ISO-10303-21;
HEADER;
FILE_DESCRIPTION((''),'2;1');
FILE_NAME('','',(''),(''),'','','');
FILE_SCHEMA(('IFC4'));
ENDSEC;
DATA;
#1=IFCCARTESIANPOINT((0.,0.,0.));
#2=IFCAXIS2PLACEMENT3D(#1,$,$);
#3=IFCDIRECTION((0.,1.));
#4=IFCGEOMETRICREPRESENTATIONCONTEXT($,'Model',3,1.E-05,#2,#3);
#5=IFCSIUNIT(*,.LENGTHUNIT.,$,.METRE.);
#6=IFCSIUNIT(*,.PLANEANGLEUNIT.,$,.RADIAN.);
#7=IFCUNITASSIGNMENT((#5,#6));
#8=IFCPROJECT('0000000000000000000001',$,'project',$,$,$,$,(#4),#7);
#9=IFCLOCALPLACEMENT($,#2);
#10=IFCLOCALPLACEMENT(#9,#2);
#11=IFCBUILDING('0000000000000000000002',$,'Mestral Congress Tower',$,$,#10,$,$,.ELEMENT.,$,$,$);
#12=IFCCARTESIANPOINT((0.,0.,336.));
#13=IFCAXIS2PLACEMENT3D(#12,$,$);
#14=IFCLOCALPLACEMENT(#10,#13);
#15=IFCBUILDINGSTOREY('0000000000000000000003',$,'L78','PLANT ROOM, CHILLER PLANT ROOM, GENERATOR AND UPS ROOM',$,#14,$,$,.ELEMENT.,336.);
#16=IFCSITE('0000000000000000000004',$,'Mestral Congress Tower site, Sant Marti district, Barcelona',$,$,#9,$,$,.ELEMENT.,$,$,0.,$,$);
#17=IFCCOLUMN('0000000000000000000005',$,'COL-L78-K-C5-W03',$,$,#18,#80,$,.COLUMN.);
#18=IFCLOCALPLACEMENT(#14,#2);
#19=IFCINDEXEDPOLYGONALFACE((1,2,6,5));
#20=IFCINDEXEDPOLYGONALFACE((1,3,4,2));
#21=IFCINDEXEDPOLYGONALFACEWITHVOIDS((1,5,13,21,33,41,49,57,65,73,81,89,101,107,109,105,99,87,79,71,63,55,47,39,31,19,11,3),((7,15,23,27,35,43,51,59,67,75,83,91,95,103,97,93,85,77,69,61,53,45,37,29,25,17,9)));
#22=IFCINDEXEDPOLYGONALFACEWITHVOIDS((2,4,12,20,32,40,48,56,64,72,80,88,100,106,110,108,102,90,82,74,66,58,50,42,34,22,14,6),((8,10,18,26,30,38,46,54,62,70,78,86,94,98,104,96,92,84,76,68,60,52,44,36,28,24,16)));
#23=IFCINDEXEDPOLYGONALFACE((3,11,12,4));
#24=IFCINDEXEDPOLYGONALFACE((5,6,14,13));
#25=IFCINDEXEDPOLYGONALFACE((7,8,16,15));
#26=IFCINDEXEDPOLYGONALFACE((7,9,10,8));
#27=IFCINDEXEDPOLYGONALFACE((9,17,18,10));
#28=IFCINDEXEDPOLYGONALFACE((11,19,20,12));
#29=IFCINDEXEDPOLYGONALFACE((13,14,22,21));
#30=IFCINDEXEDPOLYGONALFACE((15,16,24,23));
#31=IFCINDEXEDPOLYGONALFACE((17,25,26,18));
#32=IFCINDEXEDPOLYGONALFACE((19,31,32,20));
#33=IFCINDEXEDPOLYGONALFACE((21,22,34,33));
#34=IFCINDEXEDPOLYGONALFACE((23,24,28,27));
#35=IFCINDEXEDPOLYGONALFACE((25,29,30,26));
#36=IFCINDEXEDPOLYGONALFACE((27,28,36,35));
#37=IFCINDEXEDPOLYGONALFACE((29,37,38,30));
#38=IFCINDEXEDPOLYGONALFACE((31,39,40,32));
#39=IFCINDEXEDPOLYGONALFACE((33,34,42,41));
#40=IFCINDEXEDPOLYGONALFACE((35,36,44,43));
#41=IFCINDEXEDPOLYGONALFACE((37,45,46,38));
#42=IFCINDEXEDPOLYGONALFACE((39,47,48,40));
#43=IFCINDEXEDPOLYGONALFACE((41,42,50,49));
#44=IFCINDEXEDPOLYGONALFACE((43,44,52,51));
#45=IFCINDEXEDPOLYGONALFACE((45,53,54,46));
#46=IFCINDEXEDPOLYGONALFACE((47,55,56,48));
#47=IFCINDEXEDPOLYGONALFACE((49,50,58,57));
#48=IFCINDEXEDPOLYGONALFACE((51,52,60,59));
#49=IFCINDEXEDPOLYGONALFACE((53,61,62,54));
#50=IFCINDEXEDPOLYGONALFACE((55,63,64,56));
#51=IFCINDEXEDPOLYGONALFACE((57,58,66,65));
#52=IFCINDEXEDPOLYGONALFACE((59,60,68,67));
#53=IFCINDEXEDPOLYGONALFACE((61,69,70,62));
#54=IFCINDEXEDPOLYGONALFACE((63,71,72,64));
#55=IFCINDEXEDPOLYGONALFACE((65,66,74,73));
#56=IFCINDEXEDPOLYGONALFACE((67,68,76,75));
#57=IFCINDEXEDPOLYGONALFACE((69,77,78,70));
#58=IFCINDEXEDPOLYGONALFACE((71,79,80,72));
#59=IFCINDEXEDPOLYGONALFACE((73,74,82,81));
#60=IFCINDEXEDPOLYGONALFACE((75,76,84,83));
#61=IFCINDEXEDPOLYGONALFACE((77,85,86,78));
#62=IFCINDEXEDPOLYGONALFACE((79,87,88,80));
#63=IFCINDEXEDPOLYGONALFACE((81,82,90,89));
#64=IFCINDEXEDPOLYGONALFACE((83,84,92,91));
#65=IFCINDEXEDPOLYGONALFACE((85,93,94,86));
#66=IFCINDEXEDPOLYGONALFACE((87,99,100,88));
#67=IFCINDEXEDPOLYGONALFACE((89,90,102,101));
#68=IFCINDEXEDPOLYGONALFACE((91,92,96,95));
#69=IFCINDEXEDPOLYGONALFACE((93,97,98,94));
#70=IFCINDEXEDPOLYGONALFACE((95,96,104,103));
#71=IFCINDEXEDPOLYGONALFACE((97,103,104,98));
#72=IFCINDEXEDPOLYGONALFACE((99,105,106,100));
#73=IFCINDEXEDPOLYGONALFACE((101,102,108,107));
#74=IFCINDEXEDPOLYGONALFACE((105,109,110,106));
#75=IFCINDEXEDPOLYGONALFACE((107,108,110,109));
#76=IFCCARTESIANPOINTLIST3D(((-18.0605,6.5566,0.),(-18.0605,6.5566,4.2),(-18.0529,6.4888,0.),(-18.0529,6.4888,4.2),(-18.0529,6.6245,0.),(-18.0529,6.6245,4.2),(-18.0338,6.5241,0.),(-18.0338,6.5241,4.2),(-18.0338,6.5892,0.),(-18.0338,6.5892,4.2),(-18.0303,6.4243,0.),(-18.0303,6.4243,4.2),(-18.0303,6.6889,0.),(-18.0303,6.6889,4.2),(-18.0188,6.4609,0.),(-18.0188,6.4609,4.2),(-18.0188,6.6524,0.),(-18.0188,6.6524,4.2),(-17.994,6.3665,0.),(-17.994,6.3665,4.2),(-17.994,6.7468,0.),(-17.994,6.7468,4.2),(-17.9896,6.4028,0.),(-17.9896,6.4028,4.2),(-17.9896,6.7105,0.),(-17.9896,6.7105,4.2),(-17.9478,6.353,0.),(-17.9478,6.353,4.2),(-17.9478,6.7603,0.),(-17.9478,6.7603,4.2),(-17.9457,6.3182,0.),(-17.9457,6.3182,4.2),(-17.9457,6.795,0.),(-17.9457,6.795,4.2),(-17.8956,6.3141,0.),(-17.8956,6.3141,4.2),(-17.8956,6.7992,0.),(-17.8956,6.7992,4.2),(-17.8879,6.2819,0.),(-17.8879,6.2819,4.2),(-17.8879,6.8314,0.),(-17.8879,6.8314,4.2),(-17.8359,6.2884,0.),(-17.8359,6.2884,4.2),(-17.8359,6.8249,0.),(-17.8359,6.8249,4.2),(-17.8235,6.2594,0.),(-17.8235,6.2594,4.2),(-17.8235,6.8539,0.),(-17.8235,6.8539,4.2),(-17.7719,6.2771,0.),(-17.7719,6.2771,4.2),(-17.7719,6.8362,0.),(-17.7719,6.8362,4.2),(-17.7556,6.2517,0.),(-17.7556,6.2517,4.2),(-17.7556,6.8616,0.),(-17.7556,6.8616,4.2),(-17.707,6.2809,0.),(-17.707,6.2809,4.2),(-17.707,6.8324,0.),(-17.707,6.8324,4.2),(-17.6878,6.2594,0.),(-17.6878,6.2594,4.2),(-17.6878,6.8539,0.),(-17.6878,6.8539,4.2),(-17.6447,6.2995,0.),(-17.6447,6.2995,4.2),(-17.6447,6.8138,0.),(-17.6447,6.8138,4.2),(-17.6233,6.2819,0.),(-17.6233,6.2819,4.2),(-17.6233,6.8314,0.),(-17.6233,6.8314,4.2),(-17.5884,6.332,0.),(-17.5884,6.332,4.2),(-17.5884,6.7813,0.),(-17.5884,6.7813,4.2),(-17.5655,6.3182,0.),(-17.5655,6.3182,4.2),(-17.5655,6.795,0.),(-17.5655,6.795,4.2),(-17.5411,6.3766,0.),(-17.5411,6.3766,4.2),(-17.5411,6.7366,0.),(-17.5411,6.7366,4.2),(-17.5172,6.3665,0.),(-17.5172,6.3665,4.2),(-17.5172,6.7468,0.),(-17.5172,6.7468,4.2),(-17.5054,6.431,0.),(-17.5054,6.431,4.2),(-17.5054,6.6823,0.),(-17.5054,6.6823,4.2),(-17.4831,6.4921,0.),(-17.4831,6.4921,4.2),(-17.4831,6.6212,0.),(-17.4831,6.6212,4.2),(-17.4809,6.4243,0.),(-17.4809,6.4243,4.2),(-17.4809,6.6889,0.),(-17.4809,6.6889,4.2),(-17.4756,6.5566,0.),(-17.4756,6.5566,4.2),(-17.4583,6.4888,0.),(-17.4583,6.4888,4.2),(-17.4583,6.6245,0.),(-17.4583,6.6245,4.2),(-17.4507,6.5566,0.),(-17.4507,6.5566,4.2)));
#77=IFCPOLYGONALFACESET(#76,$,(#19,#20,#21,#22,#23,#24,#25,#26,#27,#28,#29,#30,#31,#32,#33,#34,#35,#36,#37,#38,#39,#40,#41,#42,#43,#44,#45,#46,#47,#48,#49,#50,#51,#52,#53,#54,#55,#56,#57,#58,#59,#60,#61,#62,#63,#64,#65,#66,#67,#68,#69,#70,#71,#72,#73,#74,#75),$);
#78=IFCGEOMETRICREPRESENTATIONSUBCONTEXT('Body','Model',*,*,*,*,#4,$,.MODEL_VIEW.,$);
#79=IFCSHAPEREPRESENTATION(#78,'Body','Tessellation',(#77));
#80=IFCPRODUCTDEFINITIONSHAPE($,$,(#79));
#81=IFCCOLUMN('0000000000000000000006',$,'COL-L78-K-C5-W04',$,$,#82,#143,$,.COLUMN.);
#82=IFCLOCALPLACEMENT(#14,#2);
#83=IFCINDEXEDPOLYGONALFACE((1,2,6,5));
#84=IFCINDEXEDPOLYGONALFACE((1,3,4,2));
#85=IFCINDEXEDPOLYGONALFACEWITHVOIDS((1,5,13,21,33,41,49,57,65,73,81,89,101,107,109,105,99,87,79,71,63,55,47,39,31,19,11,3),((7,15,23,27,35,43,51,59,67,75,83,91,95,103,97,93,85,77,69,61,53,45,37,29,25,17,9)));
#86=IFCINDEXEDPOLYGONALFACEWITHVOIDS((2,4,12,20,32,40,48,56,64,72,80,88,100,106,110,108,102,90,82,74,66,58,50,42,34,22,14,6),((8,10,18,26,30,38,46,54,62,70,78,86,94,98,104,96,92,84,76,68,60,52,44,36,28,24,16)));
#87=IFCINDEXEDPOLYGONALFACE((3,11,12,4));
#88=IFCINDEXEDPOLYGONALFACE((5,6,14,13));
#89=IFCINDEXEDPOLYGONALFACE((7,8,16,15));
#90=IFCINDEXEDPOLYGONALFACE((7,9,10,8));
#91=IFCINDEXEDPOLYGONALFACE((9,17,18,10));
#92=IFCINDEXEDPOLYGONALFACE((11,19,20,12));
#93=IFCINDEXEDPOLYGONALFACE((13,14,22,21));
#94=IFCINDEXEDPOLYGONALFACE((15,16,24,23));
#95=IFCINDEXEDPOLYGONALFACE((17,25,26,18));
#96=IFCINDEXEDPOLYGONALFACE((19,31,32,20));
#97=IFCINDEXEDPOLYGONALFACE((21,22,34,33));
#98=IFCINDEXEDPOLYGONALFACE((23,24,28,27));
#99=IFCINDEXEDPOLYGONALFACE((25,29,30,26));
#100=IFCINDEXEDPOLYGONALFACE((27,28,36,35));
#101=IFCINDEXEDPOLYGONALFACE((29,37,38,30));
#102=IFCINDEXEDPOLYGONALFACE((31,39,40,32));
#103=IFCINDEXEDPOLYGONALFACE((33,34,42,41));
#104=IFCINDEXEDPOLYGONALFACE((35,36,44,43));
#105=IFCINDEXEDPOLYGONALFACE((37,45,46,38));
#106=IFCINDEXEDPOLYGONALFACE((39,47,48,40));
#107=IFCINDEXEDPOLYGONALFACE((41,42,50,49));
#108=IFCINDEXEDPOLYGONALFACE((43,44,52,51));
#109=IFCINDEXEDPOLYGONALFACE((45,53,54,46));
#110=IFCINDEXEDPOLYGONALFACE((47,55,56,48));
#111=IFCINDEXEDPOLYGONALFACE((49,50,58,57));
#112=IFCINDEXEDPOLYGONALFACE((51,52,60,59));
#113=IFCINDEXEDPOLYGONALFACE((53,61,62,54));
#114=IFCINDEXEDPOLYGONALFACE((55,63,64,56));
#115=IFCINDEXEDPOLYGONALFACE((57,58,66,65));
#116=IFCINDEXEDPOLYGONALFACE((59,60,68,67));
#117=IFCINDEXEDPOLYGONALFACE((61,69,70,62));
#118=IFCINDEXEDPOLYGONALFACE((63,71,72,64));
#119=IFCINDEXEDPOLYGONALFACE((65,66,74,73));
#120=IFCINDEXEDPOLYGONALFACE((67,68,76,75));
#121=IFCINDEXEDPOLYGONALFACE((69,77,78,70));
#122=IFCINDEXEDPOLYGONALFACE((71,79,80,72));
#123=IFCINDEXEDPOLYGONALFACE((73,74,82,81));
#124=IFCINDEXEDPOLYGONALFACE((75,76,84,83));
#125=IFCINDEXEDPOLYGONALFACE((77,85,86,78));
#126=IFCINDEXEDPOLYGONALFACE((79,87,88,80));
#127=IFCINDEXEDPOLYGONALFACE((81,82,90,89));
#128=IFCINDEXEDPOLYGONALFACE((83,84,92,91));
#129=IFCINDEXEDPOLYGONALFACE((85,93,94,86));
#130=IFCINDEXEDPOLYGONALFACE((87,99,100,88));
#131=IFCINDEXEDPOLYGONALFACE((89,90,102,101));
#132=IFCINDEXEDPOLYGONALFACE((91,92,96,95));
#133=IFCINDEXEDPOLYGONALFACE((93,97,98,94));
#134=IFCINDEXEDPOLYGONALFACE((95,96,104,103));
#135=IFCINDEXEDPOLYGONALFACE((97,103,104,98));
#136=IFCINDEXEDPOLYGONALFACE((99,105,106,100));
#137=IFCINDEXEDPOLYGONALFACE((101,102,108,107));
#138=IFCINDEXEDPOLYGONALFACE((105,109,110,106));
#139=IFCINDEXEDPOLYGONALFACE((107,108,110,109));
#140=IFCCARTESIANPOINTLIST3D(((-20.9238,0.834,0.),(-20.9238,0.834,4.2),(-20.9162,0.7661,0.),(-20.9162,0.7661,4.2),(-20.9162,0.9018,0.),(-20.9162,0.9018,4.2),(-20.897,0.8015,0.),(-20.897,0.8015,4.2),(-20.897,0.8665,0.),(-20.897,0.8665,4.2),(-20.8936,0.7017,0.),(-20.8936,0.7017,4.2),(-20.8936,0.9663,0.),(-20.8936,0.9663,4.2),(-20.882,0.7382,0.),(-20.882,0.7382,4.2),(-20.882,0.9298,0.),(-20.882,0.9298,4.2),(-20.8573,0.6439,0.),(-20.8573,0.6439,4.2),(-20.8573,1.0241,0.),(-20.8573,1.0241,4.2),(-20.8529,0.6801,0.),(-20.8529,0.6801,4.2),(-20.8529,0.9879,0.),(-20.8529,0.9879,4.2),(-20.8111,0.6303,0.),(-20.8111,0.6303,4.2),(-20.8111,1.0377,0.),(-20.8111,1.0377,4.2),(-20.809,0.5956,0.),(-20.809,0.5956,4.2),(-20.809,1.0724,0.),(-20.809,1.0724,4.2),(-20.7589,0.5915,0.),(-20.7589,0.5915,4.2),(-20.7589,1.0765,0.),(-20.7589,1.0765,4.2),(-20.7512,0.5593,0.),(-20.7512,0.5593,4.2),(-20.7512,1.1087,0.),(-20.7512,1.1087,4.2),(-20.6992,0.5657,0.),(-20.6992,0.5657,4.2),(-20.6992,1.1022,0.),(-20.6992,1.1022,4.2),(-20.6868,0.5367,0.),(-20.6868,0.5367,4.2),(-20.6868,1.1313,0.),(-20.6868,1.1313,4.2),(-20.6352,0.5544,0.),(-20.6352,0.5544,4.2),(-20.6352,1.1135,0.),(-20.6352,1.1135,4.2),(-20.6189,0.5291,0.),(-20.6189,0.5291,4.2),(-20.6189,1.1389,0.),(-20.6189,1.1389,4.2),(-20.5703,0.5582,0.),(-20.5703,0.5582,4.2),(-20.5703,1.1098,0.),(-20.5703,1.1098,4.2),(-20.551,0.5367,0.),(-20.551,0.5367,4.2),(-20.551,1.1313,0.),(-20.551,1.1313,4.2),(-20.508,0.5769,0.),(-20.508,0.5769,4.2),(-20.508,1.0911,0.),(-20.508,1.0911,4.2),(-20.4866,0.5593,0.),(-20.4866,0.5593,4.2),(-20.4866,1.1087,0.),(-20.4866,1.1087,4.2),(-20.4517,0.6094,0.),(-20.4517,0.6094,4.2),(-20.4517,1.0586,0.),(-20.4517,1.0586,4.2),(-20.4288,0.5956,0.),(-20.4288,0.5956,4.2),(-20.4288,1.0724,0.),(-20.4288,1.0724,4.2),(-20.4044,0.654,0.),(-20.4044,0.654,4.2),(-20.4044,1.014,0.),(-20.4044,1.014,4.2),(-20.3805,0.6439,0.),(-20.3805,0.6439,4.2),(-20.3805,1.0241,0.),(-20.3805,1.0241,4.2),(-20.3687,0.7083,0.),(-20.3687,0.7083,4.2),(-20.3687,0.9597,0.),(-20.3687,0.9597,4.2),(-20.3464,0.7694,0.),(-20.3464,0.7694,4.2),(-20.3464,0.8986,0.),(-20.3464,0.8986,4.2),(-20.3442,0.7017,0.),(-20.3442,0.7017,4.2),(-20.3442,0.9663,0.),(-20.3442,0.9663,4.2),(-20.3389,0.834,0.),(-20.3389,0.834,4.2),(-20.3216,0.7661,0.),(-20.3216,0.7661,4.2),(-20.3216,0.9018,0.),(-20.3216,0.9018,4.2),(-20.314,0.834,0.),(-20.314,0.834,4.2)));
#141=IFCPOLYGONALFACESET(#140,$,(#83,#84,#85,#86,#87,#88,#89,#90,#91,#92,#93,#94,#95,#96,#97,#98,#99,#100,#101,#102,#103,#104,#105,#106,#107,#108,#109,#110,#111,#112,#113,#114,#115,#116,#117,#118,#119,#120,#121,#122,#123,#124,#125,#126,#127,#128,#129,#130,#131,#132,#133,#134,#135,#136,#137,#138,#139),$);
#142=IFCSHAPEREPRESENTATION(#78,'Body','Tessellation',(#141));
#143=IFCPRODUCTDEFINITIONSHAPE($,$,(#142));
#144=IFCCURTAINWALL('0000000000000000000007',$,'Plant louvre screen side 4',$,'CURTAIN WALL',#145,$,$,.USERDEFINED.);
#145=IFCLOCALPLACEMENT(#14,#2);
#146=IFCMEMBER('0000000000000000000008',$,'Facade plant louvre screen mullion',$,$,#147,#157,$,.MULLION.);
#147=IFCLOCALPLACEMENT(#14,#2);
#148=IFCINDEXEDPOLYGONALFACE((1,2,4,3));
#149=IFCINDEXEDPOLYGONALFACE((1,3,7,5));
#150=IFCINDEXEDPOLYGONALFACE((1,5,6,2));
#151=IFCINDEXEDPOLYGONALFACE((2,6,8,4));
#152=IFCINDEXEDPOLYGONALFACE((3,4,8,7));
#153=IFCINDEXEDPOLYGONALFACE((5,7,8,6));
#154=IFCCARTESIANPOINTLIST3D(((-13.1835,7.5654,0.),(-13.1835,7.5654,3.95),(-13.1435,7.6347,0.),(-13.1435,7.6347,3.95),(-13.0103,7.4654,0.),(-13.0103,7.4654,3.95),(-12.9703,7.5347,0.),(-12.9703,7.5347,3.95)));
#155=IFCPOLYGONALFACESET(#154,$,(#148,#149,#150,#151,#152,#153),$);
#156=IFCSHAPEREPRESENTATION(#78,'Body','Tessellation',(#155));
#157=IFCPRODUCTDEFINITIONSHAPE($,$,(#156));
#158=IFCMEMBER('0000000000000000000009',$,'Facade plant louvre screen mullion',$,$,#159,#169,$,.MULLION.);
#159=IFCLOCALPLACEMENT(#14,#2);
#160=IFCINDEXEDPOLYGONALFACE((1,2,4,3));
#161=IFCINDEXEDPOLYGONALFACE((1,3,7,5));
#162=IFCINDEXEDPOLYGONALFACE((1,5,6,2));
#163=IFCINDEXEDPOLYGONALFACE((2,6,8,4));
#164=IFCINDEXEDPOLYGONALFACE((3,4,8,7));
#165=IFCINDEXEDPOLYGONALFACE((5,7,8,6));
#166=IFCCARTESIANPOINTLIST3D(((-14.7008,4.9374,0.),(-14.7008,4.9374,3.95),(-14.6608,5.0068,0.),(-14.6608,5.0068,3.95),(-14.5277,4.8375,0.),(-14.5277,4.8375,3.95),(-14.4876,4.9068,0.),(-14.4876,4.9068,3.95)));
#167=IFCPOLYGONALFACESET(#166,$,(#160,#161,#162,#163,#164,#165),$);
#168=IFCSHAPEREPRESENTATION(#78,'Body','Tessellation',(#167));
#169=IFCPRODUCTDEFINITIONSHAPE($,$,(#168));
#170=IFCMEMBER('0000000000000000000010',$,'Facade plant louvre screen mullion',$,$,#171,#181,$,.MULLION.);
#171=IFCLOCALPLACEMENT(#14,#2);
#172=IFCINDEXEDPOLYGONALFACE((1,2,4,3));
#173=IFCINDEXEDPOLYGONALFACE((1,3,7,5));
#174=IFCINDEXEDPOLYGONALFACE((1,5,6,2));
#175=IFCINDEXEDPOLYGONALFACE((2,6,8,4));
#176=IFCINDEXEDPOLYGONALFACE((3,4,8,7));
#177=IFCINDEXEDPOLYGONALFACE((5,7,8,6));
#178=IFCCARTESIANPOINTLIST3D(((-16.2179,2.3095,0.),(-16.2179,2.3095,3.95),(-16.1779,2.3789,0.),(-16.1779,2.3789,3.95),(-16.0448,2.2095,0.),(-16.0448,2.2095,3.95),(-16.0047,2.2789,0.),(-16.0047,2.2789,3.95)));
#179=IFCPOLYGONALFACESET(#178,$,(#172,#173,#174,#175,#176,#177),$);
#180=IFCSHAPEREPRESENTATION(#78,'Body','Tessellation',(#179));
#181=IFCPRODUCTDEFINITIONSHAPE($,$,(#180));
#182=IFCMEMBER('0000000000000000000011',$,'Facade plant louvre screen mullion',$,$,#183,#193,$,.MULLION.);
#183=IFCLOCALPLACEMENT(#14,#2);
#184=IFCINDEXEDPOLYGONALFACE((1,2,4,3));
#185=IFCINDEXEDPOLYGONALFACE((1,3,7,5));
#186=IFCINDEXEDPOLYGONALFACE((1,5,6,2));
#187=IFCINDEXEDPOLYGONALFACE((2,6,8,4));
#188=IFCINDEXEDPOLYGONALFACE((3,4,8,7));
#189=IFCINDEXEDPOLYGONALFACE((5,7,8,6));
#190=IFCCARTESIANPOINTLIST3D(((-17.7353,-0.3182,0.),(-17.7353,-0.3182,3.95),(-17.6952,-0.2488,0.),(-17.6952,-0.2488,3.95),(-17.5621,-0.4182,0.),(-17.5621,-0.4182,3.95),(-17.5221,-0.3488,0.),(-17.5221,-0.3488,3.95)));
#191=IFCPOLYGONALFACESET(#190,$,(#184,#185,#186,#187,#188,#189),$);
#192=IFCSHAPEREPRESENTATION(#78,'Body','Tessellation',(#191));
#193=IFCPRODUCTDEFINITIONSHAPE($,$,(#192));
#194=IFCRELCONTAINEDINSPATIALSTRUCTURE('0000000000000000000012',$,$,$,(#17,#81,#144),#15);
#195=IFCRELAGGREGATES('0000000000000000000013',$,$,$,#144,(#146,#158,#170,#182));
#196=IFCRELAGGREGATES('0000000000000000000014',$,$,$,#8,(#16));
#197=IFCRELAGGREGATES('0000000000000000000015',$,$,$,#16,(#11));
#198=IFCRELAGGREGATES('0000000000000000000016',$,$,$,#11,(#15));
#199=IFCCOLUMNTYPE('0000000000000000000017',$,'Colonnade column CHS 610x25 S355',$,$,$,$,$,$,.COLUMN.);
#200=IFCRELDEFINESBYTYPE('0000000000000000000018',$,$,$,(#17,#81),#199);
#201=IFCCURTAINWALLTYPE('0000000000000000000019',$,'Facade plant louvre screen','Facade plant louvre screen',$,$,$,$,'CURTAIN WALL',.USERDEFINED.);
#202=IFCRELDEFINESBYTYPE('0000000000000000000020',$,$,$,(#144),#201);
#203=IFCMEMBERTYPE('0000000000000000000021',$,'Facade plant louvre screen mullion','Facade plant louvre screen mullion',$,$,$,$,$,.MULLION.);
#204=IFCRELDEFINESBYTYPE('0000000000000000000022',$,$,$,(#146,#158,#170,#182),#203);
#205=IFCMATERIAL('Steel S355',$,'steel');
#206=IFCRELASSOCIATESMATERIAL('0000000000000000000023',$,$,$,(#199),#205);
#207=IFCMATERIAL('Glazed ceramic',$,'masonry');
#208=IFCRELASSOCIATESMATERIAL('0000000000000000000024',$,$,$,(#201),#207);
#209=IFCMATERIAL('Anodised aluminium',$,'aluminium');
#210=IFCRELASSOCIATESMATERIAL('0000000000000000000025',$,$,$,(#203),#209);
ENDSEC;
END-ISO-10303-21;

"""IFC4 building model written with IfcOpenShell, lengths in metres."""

from ifc_helpers import new_model, si_unit, direction, frame, origin, origin_2d, place, context, subcontext, project, spatial, rectangle, hollow_circle, extrude, material, material_profile, profile_set, type_object, element, aggregate, save


model = new_model("IFC4")

# Units and contexts
model_context = context("Model", 3, precision=1e-05, world=origin(), true_north=direction((0.0, 1.0)))
body_context = subcontext(model_context, "Body", "Model", "MODEL_VIEW")
ifc_project = project(units=[si_unit("LENGTHUNIT", "METRE"), si_unit("PLANEANGLEUNIT", "RADIAN")], contexts=[model_context])

# Site, building, storey
site_placement = place(None, origin())
site = spatial("IfcSite", under=ifc_project, at=site_placement, Name="Mestral Congress Tower site, Sant Marti district, Barcelona", CompositionType="ELEMENT", RefElevation=0.0)
building_placement = place(site_placement, origin())
building = spatial("IfcBuilding", under=site, at=building_placement, Name="Mestral Congress Tower", CompositionType="ELEMENT")
storey_placement = place(building_placement, frame((0.0, 0.0, 336.0)))
storey = spatial("IfcBuildingStorey", under=building, at=storey_placement, Name="L78", Description="PLANT ROOM, CHILLER PLANT ROOM, GENERATOR AND UPS ROOM", CompositionType="ELEMENT", Elevation=336.0)

# Columns
ifc_material_1 = material(Name="Steel S355", Category="steel")
ifc_material_profile_1 = material_profile(ifc_material_1, hollow_circle(Radius=0.3049, WallThickness=0.0249, at=origin_2d()), Name="CHS 610x25")
ifc_profile_set_1 = profile_set([ifc_material_profile_1], Name="Steel S355")
column_type = type_object("IfcColumnType", Name="Colonnade column CHS 610x25 S355", PredefinedType="COLUMN", material=ifc_profile_set_1)
for number, where, z_axis, x_axis, name in (
    (1, (-17.7556, 6.5566, 0.0), (0.0, 0.0, 1.0), (1.0, 0.0, 0.0), "COL-L78-K-C5-W03"),
    (2, (-20.6189, 0.834, 0.0), (0.0, 0.0, 1.0), (1.0, 0.0, 0.0), "COL-L78-K-C5-W04"),
):
    element("IfcColumn", number, at=place(storey_placement, frame(where, z_axis=z_axis, x_axis=x_axis)), inside=storey, type_object=column_type, Name=name, PredefinedType="COLUMN", context=body_context, shape_type="SweptSolid", body=[
        extrude(hollow_circle(Radius=0.3049, WallThickness=0.0249, at=origin_2d()), origin(), (0.0, 0.0, 1.0), 4.2),
    ])

# Curtain wall, members
ifc_material_2 = material(Name="Glazed ceramic", Category="masonry")
curtain_wall_type = type_object("IfcCurtainWallType", Name="Facade plant louvre screen", Description="Facade plant louvre screen", ElementType="CURTAIN WALL", PredefinedType="USERDEFINED", material=ifc_material_2)
curtain_wall_placement = place(storey_placement, origin())
curtain_wall = element("IfcCurtainWall", 3, at=curtain_wall_placement, inside=storey, type_object=curtain_wall_type, Name="Plant louvre screen side 4", ObjectType="CURTAIN WALL", PredefinedType="USERDEFINED")
ifc_material_3 = material(Name="Anodised aluminium", Category="aluminium")
ifc_material_profile_2 = material_profile(ifc_material_3, rectangle(XDim=0.2, YDim=0.0801, at=origin_2d()), Name="CW6 mullion 200 x 80")
ifc_profile_set_2 = profile_set([ifc_material_profile_2], Name="Anodised aluminium")
member_type_1 = type_object("IfcMemberType", Name="Facade plant louvre screen mullion", Description="Facade plant louvre screen mullion", PredefinedType="MULLION", material=ifc_profile_set_2)
member_1_placement = place(storey_placement, frame((-13.0769, 7.55, 0.0), z_axis=(0.0, 0.0, 1.0), x_axis=(-0.866025, 0.500002, 0.0)))
member_1 = element("IfcMember", 4, at=member_1_placement, type_object=member_type_1, Name="Facade plant louvre screen mullion", PredefinedType="MULLION", context=body_context, shape_type="SweptSolid", body=[
    extrude(rectangle(XDim=0.2, YDim=0.0801, at=origin_2d()), origin(), (0.0, 0.0, 1.0), 3.95),
])
member_2_placement = place(storey_placement, frame((-14.5942, 4.9221, 0.0), z_axis=(0.0, 0.0, 1.0), x_axis=(-0.866025, 0.500002, 0.0)))
member_2 = element("IfcMember", 5, at=member_2_placement, type_object=member_type_1, Name="Facade plant louvre screen mullion", PredefinedType="MULLION", context=body_context, shape_type="SweptSolid", body=[
    extrude(rectangle(XDim=0.2, YDim=0.0801, at=origin_2d()), origin(), (0.0, 0.0, 1.0), 3.95),
])
member_3_placement = place(storey_placement, frame((-16.1113, 2.2942, 0.0), z_axis=(0.0, 0.0, 1.0), x_axis=(-0.866025, 0.500002, 0.0)))
member_3 = element("IfcMember", 6, at=member_3_placement, type_object=member_type_1, Name="Facade plant louvre screen mullion", PredefinedType="MULLION", context=body_context, shape_type="SweptSolid", body=[
    extrude(rectangle(XDim=0.2, YDim=0.0801, at=origin_2d()), origin(), (0.0, 0.0, 1.0), 3.95),
])
member_4_placement = place(storey_placement, frame((-17.6287, -0.3335, 0.0), z_axis=(0.0, 0.0, 1.0), x_axis=(-0.866025, 0.500002, 0.0)))
member_4 = element("IfcMember", 7, at=member_4_placement, type_object=member_type_1, Name="Facade plant louvre screen mullion", PredefinedType="MULLION", context=body_context, shape_type="SweptSolid", body=[
    extrude(rectangle(XDim=0.2, YDim=0.0801, at=origin_2d()), origin(), (0.0, 0.0, 1.0), 3.95),
])

aggregate(curtain_wall, [member_1, member_2, member_3, member_4])

save(model, "model.ifc")
